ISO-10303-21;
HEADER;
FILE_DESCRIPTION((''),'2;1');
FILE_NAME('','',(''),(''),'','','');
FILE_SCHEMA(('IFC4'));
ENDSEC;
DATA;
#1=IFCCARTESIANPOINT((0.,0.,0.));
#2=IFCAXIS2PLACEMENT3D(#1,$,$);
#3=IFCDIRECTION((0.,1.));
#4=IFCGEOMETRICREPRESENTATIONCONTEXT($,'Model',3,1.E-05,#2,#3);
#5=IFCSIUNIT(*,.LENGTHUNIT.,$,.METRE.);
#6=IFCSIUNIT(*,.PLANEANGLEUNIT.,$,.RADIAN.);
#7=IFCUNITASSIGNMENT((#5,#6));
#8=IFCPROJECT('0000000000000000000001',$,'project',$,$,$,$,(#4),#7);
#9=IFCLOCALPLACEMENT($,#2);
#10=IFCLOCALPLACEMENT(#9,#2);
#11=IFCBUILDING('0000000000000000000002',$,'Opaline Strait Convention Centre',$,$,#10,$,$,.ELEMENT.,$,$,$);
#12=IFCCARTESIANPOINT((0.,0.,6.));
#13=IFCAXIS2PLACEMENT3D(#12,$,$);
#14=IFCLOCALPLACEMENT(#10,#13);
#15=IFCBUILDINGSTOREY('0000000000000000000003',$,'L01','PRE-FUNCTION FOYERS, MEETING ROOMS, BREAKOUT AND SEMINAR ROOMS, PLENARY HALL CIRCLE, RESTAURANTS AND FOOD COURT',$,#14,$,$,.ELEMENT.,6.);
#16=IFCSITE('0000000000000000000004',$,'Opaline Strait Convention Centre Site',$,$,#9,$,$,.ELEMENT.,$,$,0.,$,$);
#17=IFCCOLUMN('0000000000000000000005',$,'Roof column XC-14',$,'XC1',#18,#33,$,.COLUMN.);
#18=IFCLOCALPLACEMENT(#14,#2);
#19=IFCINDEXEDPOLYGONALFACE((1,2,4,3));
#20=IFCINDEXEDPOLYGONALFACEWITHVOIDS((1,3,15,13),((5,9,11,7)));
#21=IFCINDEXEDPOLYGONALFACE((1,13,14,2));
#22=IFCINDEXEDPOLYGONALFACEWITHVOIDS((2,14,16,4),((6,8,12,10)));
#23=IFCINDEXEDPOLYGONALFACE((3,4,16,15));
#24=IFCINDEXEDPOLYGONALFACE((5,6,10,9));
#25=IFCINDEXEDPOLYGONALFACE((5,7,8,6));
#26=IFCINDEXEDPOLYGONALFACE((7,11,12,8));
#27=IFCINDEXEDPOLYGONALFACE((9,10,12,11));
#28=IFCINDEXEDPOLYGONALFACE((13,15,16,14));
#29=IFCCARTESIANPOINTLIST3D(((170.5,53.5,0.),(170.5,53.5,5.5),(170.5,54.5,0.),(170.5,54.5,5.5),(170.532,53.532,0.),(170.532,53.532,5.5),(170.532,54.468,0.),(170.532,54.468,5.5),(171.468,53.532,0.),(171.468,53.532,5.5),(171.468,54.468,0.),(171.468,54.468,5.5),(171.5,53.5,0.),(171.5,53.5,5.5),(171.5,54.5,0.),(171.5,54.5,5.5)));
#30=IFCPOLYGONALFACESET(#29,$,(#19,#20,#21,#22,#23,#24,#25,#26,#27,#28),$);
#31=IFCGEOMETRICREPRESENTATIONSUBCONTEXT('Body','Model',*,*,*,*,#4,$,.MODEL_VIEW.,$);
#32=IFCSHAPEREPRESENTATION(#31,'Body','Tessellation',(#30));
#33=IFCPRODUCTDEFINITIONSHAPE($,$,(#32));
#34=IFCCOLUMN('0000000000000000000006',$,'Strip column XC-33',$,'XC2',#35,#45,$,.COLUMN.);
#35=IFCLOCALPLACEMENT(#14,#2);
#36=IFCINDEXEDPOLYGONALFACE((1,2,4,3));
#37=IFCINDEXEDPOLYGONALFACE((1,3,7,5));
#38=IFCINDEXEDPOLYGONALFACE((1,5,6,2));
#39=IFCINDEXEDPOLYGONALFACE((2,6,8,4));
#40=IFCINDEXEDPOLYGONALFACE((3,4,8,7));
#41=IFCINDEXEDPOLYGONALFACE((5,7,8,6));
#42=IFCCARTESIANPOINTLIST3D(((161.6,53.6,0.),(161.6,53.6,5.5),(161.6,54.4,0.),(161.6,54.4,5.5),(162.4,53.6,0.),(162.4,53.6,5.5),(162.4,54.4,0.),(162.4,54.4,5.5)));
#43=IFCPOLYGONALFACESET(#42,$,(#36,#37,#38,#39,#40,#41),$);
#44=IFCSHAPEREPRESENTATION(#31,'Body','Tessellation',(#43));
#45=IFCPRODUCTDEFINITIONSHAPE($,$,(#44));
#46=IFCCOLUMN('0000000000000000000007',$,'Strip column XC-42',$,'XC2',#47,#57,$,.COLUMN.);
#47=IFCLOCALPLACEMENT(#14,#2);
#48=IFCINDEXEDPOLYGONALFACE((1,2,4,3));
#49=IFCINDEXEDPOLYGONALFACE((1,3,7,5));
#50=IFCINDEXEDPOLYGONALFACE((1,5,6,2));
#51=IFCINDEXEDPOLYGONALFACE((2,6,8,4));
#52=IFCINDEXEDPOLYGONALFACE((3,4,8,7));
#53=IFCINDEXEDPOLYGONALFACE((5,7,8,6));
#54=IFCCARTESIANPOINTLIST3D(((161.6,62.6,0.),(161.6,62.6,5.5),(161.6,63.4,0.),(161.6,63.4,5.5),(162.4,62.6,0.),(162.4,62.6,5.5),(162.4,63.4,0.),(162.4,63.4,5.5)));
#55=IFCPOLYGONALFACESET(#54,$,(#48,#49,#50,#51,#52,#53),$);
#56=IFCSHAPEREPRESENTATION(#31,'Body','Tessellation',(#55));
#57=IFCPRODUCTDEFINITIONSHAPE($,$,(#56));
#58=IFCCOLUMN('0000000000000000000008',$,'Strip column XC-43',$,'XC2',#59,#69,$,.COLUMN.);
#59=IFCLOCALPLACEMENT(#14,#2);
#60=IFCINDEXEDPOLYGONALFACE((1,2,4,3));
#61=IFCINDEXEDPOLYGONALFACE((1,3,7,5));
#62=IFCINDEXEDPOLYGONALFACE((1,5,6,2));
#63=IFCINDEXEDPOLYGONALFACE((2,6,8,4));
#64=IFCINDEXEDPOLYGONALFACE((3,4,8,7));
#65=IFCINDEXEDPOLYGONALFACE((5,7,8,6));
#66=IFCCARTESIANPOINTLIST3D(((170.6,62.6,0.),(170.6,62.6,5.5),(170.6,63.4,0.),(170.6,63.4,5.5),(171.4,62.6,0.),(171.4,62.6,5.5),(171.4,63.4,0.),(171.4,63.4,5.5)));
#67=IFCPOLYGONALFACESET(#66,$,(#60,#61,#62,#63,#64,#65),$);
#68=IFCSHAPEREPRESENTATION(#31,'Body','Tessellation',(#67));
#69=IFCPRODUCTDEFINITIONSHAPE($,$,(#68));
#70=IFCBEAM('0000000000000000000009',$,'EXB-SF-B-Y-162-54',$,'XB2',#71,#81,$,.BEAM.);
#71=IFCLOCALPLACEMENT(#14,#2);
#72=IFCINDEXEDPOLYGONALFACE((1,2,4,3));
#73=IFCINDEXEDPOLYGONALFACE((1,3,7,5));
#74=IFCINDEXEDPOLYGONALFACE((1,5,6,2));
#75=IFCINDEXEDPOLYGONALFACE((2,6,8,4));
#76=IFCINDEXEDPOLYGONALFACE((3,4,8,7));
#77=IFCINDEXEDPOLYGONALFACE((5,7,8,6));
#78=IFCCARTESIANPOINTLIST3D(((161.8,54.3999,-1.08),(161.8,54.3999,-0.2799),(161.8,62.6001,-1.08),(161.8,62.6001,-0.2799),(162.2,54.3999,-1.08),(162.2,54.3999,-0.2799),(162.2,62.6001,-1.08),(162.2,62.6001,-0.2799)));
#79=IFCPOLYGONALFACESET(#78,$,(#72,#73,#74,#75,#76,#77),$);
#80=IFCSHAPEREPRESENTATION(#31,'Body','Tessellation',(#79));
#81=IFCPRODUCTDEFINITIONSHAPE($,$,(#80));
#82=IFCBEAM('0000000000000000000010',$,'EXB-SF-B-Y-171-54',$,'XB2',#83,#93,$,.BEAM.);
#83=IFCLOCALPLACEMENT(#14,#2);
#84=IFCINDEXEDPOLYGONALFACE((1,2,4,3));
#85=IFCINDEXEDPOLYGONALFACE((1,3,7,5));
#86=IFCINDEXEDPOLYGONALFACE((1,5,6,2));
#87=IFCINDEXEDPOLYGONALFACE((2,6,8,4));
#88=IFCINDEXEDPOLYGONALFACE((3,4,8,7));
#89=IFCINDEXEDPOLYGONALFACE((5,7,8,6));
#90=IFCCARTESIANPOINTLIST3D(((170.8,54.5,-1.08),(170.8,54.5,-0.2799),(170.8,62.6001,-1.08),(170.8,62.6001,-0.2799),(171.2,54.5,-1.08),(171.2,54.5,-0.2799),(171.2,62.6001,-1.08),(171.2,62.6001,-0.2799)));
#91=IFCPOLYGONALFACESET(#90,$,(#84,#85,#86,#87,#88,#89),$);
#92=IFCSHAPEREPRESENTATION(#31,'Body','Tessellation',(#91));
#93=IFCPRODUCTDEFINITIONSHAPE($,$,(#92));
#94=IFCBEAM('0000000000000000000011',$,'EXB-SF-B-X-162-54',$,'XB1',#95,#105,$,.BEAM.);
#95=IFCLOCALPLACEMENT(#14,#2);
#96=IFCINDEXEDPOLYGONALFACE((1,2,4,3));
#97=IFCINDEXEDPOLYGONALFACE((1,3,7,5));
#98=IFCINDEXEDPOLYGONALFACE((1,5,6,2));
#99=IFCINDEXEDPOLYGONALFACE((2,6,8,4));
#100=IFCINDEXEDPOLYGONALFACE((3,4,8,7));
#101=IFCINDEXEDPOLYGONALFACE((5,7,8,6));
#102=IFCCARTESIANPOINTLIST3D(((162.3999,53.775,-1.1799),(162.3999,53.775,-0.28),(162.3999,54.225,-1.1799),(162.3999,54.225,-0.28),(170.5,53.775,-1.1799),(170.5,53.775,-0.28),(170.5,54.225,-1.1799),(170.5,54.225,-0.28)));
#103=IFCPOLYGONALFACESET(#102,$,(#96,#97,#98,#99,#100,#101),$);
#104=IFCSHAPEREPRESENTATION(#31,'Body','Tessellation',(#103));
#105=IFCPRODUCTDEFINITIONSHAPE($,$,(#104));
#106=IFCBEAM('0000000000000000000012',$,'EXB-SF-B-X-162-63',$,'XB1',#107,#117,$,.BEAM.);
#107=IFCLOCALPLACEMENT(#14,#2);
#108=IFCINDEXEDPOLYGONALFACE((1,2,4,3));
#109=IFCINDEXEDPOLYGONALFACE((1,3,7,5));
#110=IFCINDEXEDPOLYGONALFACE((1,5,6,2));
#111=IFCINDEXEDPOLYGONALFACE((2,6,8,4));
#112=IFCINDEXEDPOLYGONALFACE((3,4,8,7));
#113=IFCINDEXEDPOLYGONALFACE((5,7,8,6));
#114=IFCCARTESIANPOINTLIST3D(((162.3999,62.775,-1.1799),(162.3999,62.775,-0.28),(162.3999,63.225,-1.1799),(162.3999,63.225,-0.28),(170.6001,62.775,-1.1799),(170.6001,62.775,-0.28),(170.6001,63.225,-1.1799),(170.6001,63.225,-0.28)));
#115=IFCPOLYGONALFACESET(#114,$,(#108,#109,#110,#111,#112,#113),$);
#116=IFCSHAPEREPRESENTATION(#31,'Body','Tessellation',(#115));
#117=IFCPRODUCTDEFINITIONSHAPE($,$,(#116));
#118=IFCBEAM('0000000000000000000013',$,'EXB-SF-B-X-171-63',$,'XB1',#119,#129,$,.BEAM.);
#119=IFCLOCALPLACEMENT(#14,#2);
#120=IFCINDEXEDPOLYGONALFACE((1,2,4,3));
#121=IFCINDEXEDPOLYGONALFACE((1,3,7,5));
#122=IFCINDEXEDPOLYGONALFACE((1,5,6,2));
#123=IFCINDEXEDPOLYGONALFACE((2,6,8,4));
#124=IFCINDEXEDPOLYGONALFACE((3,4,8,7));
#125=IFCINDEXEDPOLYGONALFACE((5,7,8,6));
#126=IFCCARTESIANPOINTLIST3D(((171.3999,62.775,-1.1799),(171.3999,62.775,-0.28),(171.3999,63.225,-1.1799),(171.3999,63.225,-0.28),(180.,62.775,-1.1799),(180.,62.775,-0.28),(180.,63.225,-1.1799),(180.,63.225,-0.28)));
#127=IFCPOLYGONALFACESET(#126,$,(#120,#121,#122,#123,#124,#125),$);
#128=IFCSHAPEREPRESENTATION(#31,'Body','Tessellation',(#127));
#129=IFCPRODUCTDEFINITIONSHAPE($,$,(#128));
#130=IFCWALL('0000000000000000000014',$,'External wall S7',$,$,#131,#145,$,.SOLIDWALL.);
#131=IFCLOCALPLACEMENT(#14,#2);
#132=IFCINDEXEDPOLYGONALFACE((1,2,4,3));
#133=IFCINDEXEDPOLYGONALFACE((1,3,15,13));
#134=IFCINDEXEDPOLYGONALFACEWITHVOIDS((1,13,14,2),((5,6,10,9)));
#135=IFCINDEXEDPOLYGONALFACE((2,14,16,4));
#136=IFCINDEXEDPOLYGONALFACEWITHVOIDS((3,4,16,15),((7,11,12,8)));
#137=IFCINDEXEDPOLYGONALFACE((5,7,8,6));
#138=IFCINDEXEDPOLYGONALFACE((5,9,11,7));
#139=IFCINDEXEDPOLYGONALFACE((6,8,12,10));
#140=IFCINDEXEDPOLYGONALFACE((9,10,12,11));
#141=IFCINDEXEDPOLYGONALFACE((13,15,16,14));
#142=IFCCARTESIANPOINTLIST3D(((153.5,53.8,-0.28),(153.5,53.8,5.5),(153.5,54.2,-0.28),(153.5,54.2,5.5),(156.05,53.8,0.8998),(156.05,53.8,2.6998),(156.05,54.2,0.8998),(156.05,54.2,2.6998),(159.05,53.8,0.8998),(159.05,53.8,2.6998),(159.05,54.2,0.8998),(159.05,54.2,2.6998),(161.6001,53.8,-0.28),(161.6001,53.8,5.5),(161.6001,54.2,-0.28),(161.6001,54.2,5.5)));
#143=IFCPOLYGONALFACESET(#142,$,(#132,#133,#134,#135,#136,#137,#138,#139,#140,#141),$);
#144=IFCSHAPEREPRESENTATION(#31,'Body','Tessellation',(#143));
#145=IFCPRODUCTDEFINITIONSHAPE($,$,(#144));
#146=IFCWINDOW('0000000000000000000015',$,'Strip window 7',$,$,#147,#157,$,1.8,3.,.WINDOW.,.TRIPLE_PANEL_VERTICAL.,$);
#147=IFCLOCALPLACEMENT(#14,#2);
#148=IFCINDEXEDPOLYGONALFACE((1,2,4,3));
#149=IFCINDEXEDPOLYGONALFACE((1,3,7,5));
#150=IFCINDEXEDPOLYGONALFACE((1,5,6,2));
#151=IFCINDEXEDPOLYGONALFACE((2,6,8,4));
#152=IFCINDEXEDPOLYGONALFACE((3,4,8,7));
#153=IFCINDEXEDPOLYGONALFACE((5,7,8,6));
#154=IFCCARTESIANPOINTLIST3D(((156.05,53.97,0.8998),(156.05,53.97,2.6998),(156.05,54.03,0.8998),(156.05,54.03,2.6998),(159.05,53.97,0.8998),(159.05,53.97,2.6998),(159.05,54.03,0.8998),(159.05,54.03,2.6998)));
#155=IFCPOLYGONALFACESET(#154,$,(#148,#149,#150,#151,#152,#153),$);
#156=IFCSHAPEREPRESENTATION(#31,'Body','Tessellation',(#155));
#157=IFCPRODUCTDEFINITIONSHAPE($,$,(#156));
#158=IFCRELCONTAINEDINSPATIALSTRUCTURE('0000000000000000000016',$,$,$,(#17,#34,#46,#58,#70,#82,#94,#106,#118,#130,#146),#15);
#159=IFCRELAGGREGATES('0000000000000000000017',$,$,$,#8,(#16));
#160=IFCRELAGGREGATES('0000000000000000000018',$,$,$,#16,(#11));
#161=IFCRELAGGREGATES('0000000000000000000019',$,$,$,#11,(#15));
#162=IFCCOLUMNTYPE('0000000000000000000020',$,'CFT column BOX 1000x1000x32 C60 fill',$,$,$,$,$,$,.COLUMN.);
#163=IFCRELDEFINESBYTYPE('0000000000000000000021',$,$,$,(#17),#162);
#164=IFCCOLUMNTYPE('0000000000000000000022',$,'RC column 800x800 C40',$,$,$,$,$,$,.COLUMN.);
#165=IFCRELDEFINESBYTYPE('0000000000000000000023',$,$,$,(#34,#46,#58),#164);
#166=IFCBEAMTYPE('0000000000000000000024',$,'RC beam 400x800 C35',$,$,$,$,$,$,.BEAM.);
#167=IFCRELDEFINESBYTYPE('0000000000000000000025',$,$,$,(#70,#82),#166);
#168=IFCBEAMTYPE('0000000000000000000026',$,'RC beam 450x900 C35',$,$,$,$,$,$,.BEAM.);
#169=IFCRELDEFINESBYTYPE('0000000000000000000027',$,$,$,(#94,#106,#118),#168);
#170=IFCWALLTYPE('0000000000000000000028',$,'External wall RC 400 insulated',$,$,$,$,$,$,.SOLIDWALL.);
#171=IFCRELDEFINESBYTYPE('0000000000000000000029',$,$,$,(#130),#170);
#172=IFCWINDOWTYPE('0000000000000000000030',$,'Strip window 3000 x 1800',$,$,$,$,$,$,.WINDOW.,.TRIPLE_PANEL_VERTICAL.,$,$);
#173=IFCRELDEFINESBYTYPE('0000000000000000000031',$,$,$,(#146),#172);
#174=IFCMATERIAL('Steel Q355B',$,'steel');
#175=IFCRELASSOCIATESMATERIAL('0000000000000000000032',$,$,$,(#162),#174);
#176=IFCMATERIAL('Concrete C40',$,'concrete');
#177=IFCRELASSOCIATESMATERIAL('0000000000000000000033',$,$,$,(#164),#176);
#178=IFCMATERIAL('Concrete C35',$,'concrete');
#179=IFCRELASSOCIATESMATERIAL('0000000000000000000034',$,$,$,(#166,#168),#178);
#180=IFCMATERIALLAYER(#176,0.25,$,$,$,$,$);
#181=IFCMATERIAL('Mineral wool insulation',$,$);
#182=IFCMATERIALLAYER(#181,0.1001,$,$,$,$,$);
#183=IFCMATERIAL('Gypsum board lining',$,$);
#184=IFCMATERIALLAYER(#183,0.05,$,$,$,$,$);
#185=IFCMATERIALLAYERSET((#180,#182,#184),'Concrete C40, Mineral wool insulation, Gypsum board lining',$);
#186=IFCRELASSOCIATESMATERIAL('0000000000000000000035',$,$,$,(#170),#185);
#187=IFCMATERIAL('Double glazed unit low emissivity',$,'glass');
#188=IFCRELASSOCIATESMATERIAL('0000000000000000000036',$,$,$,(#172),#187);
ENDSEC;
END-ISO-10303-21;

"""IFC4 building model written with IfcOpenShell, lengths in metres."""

from ifc_helpers import new_model, si_unit, direction, frame, frame_2d, origin, origin_2d, place, context, subcontext, project, spatial, rectangle, hollow_rectangle, extrude, material, layer, layer_set, material_profile, profile_set, type_object, element, fill, save


model = new_model("IFC4")

# Units and contexts
model_context = context("Model", 3, precision=1e-05, world=origin(), true_north=direction((0.0, 1.0)))
body_context = subcontext(model_context, "Body", "Model", "MODEL_VIEW")
ifc_project = project(units=[si_unit("LENGTHUNIT", "METRE"), si_unit("PLANEANGLEUNIT", "RADIAN")], contexts=[model_context])

# Site, building, storey
site_placement = place(None, origin())
site = spatial("IfcSite", under=ifc_project, at=site_placement, Name="Opaline Strait Convention Centre Site", CompositionType="ELEMENT", RefElevation=0.0)
building_placement = place(site_placement, origin())
building = spatial("IfcBuilding", under=site, at=building_placement, Name="Opaline Strait Convention Centre", CompositionType="ELEMENT")
storey_placement = place(building_placement, frame((0.0, 0.0, 6.0)))
storey = spatial("IfcBuildingStorey", under=building, at=storey_placement, Name="L01", Description="PRE-FUNCTION FOYERS, MEETING ROOMS, BREAKOUT AND SEMINAR ROOMS, PLENARY HALL CIRCLE, RESTAURANTS AND FOOD COURT", CompositionType="ELEMENT", Elevation=6.0)

# Columns
ifc_material_1 = material(Name="Steel Q355B", Category="steel")
ifc_material_profile_1 = material_profile(ifc_material_1, hollow_rectangle(XDim=1.0, YDim=1.0, WallThickness=0.032, at=origin_2d()), Name="BOX 1000x1000x32")
ifc_profile_set_1 = profile_set([ifc_material_profile_1], Name="Steel Q355B")
column_type_1 = type_object("IfcColumnType", Name="CFT column BOX 1000x1000x32 C60 fill", PredefinedType="COLUMN", material=ifc_profile_set_1)
column_placement = place(storey_placement, frame((171.0, 54.0, 0.0), z_axis=(0.0, 0.0, 1.0), x_axis=(1.0, 0.0, 0.0)))
element("IfcColumn", 1, at=column_placement, inside=storey, type_object=column_type_1, Name="Roof column XC-14", ObjectType="XC1", PredefinedType="COLUMN", context=body_context, shape_type="SweptSolid", body=[
    extrude(hollow_rectangle(XDim=1.0, YDim=1.0, WallThickness=0.032, at=origin_2d()), origin(), (0.0, 0.0, 1.0), 5.5),
])
ifc_material_2 = material(Name="Concrete C40", Category="concrete")
ifc_material_profile_2 = material_profile(ifc_material_2, rectangle(XDim=0.8, YDim=0.8, at=origin_2d()), Name="RC 800x800")
ifc_profile_set_2 = profile_set([ifc_material_profile_2], Name="Concrete C40")
column_type_2 = type_object("IfcColumnType", Name="RC column 800x800 C40", PredefinedType="COLUMN", material=ifc_profile_set_2)
for number, where, z_axis, x_axis, name in (
    (2, (162.0, 54.0, 0.0), (0.0, 0.0, 1.0), (1.0, 0.0, 0.0), "Strip column XC-33"),
    (3, (162.0, 63.0, 0.0), (0.0, 0.0, 1.0), (1.0, 0.0, 0.0), "Strip column XC-42"),
    (4, (171.0, 63.0, 0.0), (0.0, 0.0, 1.0), (1.0, 0.0, 0.0), "Strip column XC-43"),
):
    element("IfcColumn", number, at=place(storey_placement, frame(where, z_axis=z_axis, x_axis=x_axis)), inside=storey, type_object=column_type_2, Name=name, ObjectType="XC2", PredefinedType="COLUMN", context=body_context, shape_type="SweptSolid", body=[
        extrude(rectangle(XDim=0.8, YDim=0.8, at=origin_2d()), origin(), (0.0, 0.0, 1.0), 5.5),
    ])

# Beams
ifc_material_3 = material(Name="Concrete C35", Category="concrete")
ifc_material_profile_3 = material_profile(ifc_material_3, rectangle(XDim=0.3999, YDim=0.8, at=origin_2d()), Name="RC 400x800")
ifc_profile_set_3 = profile_set([ifc_material_profile_3], Name="Concrete C35")
beam_type_1 = type_object("IfcBeamType", Name="RC beam 400x800 C35", PredefinedType="BEAM", material=ifc_profile_set_3)
beam_1_placement = place(storey_placement, frame((162.0, 54.3999, -0.6799), z_axis=(0.0, 1.0, 0.0), x_axis=(-1.0, 0.0, 0.0)))
element("IfcBeam", 5, at=beam_1_placement, inside=storey, type_object=beam_type_1, Name="EXB-SF-B-Y-162-54", ObjectType="XB2", PredefinedType="BEAM", context=body_context, shape_type="SweptSolid", body=[
    extrude(rectangle(XDim=0.3999, YDim=0.8, at=origin_2d()), origin(), (0.0, 0.0, 1.0), 8.2002),
])
beam_2_placement = place(storey_placement, frame((171.0, 54.5, -0.6799), z_axis=(0.0, 1.0, 0.0), x_axis=(-1.0, 0.0, 0.0)))
element("IfcBeam", 6, at=beam_2_placement, inside=storey, type_object=beam_type_1, Name="EXB-SF-B-Y-171-54", ObjectType="XB2", PredefinedType="BEAM", context=body_context, shape_type="SweptSolid", body=[
    extrude(rectangle(XDim=0.3999, YDim=0.8, at=origin_2d()), origin(), (0.0, 0.0, 1.0), 8.1001),
])
ifc_material_profile_4 = material_profile(ifc_material_3, rectangle(XDim=0.45, YDim=0.8999, at=origin_2d()), Name="RC 450x900")
ifc_profile_set_4 = profile_set([ifc_material_profile_4], Name="Concrete C35")
beam_type_2 = type_object("IfcBeamType", Name="RC beam 450x900 C35", PredefinedType="BEAM", material=ifc_profile_set_4)
beam_3_placement = place(storey_placement, frame((162.3999, 54.0, -0.73), z_axis=(1.0, 0.0, 0.0), x_axis=(0.0, 1.0, 0.0)))
element("IfcBeam", 7, at=beam_3_placement, inside=storey, type_object=beam_type_2, Name="EXB-SF-B-X-162-54", ObjectType="XB1", PredefinedType="BEAM", context=body_context, shape_type="SweptSolid", body=[
    extrude(rectangle(XDim=0.45, YDim=0.8999, at=origin_2d()), origin(), (0.0, 0.0, 1.0), 8.1001),
])
beam_4_placement = place(storey_placement, frame((162.3999, 63.0, -0.73), z_axis=(1.0, 0.0, 0.0), x_axis=(0.0, 1.0, 0.0)))
element("IfcBeam", 8, at=beam_4_placement, inside=storey, type_object=beam_type_2, Name="EXB-SF-B-X-162-63", ObjectType="XB1", PredefinedType="BEAM", context=body_context, shape_type="SweptSolid", body=[
    extrude(rectangle(XDim=0.45, YDim=0.8999, at=origin_2d()), origin(), (0.0, 0.0, 1.0), 8.2002),
])
beam_5_placement = place(storey_placement, frame((171.3999, 63.0, -0.73), z_axis=(1.0, 0.0, 0.0), x_axis=(0.0, 1.0, 0.0)))
element("IfcBeam", 9, at=beam_5_placement, inside=storey, type_object=beam_type_2, Name="EXB-SF-B-X-171-63", ObjectType="XB1", PredefinedType="BEAM", context=body_context, shape_type="SweptSolid", body=[
    extrude(rectangle(XDim=0.45, YDim=0.8999, at=origin_2d()), origin(), (0.0, 0.0, 1.0), 8.6001),
])

# Wall, opening, window
ifc_layer_1 = layer(ifc_material_2, 0.25)
ifc_material_4 = material(Name="Mineral wool insulation")
ifc_layer_2 = layer(ifc_material_4, 0.1001)
ifc_material_5 = material(Name="Gypsum board lining")
ifc_layer_3 = layer(ifc_material_5, 0.05)
ifc_layer_set_1 = layer_set([ifc_layer_1, ifc_layer_2, ifc_layer_3], Name="Concrete C40, Mineral wool insulation, Gypsum board lining")
wall_type_1 = type_object("IfcWallType", Name="External wall RC 400 insulated", PredefinedType="SOLIDWALL", material=ifc_layer_set_1)
wall_1_placement = place(storey_placement, frame((153.5, 54.0, -0.28), z_axis=(0.0, 0.0, 1.0), x_axis=(1.0, 0.0, 0.0)))
wall_1 = element("IfcWall", 10, at=wall_1_placement, inside=storey, type_object=wall_type_1, Name="External wall S7", PredefinedType="SOLIDWALL", context=body_context, shape_type="SweptSolid", body=[
    extrude(rectangle(XDim=8.1001, YDim=0.3999, at=frame_2d((4.05, 0.0))), origin(), (0.0, 0.0, 1.0), 5.78),
])
opening_1_placement = place(wall_1_placement, frame((2.55, 0.0, 1.1799)))
opening_1 = element("IfcOpeningElement", 11, at=opening_1_placement, cuts=wall_1, PredefinedType="OPENING", context=body_context, shape_type="SweptSolid", body=[
    extrude(rectangle(XDim=3.0, YDim=1.8, at=frame_2d((1.5, 0.8999))), frame((0.0, 0.21, 0.0), z_axis=(0.0, -1.0, 0.0), x_axis=(1.0, 0.0, 0.0)), (0.0, 0.0, 1.0), 0.4199),
])
ifc_material_6 = material(Name="Double glazed unit low emissivity", Category="glass")
window_type = type_object("IfcWindowType", Name="Strip window 3000 x 1800", PartitioningType="TRIPLE_PANEL_VERTICAL", PredefinedType="WINDOW", material=ifc_material_6)
window_1_placement = place(opening_1_placement, origin())
window_1 = element("IfcWindow", 12, at=window_1_placement, inside=storey, type_object=window_type, Name="Strip window 7", OverallHeight=1.8, OverallWidth=3.0, PartitioningType="TRIPLE_PANEL_VERTICAL", PredefinedType="WINDOW", context=body_context, shape_type="SweptSolid", body=[
    extrude(rectangle(XDim=3.0, YDim=1.8, at=frame_2d((1.5, 0.8999))), frame((0.0, 0.03, 0.0), z_axis=(0.0, -1.0, 0.0), x_axis=(1.0, 0.0, 0.0)), (0.0, 0.0, 1.0), 0.0601),
])
fill(opening_1, window_1)

save(model, "model.ifc")
